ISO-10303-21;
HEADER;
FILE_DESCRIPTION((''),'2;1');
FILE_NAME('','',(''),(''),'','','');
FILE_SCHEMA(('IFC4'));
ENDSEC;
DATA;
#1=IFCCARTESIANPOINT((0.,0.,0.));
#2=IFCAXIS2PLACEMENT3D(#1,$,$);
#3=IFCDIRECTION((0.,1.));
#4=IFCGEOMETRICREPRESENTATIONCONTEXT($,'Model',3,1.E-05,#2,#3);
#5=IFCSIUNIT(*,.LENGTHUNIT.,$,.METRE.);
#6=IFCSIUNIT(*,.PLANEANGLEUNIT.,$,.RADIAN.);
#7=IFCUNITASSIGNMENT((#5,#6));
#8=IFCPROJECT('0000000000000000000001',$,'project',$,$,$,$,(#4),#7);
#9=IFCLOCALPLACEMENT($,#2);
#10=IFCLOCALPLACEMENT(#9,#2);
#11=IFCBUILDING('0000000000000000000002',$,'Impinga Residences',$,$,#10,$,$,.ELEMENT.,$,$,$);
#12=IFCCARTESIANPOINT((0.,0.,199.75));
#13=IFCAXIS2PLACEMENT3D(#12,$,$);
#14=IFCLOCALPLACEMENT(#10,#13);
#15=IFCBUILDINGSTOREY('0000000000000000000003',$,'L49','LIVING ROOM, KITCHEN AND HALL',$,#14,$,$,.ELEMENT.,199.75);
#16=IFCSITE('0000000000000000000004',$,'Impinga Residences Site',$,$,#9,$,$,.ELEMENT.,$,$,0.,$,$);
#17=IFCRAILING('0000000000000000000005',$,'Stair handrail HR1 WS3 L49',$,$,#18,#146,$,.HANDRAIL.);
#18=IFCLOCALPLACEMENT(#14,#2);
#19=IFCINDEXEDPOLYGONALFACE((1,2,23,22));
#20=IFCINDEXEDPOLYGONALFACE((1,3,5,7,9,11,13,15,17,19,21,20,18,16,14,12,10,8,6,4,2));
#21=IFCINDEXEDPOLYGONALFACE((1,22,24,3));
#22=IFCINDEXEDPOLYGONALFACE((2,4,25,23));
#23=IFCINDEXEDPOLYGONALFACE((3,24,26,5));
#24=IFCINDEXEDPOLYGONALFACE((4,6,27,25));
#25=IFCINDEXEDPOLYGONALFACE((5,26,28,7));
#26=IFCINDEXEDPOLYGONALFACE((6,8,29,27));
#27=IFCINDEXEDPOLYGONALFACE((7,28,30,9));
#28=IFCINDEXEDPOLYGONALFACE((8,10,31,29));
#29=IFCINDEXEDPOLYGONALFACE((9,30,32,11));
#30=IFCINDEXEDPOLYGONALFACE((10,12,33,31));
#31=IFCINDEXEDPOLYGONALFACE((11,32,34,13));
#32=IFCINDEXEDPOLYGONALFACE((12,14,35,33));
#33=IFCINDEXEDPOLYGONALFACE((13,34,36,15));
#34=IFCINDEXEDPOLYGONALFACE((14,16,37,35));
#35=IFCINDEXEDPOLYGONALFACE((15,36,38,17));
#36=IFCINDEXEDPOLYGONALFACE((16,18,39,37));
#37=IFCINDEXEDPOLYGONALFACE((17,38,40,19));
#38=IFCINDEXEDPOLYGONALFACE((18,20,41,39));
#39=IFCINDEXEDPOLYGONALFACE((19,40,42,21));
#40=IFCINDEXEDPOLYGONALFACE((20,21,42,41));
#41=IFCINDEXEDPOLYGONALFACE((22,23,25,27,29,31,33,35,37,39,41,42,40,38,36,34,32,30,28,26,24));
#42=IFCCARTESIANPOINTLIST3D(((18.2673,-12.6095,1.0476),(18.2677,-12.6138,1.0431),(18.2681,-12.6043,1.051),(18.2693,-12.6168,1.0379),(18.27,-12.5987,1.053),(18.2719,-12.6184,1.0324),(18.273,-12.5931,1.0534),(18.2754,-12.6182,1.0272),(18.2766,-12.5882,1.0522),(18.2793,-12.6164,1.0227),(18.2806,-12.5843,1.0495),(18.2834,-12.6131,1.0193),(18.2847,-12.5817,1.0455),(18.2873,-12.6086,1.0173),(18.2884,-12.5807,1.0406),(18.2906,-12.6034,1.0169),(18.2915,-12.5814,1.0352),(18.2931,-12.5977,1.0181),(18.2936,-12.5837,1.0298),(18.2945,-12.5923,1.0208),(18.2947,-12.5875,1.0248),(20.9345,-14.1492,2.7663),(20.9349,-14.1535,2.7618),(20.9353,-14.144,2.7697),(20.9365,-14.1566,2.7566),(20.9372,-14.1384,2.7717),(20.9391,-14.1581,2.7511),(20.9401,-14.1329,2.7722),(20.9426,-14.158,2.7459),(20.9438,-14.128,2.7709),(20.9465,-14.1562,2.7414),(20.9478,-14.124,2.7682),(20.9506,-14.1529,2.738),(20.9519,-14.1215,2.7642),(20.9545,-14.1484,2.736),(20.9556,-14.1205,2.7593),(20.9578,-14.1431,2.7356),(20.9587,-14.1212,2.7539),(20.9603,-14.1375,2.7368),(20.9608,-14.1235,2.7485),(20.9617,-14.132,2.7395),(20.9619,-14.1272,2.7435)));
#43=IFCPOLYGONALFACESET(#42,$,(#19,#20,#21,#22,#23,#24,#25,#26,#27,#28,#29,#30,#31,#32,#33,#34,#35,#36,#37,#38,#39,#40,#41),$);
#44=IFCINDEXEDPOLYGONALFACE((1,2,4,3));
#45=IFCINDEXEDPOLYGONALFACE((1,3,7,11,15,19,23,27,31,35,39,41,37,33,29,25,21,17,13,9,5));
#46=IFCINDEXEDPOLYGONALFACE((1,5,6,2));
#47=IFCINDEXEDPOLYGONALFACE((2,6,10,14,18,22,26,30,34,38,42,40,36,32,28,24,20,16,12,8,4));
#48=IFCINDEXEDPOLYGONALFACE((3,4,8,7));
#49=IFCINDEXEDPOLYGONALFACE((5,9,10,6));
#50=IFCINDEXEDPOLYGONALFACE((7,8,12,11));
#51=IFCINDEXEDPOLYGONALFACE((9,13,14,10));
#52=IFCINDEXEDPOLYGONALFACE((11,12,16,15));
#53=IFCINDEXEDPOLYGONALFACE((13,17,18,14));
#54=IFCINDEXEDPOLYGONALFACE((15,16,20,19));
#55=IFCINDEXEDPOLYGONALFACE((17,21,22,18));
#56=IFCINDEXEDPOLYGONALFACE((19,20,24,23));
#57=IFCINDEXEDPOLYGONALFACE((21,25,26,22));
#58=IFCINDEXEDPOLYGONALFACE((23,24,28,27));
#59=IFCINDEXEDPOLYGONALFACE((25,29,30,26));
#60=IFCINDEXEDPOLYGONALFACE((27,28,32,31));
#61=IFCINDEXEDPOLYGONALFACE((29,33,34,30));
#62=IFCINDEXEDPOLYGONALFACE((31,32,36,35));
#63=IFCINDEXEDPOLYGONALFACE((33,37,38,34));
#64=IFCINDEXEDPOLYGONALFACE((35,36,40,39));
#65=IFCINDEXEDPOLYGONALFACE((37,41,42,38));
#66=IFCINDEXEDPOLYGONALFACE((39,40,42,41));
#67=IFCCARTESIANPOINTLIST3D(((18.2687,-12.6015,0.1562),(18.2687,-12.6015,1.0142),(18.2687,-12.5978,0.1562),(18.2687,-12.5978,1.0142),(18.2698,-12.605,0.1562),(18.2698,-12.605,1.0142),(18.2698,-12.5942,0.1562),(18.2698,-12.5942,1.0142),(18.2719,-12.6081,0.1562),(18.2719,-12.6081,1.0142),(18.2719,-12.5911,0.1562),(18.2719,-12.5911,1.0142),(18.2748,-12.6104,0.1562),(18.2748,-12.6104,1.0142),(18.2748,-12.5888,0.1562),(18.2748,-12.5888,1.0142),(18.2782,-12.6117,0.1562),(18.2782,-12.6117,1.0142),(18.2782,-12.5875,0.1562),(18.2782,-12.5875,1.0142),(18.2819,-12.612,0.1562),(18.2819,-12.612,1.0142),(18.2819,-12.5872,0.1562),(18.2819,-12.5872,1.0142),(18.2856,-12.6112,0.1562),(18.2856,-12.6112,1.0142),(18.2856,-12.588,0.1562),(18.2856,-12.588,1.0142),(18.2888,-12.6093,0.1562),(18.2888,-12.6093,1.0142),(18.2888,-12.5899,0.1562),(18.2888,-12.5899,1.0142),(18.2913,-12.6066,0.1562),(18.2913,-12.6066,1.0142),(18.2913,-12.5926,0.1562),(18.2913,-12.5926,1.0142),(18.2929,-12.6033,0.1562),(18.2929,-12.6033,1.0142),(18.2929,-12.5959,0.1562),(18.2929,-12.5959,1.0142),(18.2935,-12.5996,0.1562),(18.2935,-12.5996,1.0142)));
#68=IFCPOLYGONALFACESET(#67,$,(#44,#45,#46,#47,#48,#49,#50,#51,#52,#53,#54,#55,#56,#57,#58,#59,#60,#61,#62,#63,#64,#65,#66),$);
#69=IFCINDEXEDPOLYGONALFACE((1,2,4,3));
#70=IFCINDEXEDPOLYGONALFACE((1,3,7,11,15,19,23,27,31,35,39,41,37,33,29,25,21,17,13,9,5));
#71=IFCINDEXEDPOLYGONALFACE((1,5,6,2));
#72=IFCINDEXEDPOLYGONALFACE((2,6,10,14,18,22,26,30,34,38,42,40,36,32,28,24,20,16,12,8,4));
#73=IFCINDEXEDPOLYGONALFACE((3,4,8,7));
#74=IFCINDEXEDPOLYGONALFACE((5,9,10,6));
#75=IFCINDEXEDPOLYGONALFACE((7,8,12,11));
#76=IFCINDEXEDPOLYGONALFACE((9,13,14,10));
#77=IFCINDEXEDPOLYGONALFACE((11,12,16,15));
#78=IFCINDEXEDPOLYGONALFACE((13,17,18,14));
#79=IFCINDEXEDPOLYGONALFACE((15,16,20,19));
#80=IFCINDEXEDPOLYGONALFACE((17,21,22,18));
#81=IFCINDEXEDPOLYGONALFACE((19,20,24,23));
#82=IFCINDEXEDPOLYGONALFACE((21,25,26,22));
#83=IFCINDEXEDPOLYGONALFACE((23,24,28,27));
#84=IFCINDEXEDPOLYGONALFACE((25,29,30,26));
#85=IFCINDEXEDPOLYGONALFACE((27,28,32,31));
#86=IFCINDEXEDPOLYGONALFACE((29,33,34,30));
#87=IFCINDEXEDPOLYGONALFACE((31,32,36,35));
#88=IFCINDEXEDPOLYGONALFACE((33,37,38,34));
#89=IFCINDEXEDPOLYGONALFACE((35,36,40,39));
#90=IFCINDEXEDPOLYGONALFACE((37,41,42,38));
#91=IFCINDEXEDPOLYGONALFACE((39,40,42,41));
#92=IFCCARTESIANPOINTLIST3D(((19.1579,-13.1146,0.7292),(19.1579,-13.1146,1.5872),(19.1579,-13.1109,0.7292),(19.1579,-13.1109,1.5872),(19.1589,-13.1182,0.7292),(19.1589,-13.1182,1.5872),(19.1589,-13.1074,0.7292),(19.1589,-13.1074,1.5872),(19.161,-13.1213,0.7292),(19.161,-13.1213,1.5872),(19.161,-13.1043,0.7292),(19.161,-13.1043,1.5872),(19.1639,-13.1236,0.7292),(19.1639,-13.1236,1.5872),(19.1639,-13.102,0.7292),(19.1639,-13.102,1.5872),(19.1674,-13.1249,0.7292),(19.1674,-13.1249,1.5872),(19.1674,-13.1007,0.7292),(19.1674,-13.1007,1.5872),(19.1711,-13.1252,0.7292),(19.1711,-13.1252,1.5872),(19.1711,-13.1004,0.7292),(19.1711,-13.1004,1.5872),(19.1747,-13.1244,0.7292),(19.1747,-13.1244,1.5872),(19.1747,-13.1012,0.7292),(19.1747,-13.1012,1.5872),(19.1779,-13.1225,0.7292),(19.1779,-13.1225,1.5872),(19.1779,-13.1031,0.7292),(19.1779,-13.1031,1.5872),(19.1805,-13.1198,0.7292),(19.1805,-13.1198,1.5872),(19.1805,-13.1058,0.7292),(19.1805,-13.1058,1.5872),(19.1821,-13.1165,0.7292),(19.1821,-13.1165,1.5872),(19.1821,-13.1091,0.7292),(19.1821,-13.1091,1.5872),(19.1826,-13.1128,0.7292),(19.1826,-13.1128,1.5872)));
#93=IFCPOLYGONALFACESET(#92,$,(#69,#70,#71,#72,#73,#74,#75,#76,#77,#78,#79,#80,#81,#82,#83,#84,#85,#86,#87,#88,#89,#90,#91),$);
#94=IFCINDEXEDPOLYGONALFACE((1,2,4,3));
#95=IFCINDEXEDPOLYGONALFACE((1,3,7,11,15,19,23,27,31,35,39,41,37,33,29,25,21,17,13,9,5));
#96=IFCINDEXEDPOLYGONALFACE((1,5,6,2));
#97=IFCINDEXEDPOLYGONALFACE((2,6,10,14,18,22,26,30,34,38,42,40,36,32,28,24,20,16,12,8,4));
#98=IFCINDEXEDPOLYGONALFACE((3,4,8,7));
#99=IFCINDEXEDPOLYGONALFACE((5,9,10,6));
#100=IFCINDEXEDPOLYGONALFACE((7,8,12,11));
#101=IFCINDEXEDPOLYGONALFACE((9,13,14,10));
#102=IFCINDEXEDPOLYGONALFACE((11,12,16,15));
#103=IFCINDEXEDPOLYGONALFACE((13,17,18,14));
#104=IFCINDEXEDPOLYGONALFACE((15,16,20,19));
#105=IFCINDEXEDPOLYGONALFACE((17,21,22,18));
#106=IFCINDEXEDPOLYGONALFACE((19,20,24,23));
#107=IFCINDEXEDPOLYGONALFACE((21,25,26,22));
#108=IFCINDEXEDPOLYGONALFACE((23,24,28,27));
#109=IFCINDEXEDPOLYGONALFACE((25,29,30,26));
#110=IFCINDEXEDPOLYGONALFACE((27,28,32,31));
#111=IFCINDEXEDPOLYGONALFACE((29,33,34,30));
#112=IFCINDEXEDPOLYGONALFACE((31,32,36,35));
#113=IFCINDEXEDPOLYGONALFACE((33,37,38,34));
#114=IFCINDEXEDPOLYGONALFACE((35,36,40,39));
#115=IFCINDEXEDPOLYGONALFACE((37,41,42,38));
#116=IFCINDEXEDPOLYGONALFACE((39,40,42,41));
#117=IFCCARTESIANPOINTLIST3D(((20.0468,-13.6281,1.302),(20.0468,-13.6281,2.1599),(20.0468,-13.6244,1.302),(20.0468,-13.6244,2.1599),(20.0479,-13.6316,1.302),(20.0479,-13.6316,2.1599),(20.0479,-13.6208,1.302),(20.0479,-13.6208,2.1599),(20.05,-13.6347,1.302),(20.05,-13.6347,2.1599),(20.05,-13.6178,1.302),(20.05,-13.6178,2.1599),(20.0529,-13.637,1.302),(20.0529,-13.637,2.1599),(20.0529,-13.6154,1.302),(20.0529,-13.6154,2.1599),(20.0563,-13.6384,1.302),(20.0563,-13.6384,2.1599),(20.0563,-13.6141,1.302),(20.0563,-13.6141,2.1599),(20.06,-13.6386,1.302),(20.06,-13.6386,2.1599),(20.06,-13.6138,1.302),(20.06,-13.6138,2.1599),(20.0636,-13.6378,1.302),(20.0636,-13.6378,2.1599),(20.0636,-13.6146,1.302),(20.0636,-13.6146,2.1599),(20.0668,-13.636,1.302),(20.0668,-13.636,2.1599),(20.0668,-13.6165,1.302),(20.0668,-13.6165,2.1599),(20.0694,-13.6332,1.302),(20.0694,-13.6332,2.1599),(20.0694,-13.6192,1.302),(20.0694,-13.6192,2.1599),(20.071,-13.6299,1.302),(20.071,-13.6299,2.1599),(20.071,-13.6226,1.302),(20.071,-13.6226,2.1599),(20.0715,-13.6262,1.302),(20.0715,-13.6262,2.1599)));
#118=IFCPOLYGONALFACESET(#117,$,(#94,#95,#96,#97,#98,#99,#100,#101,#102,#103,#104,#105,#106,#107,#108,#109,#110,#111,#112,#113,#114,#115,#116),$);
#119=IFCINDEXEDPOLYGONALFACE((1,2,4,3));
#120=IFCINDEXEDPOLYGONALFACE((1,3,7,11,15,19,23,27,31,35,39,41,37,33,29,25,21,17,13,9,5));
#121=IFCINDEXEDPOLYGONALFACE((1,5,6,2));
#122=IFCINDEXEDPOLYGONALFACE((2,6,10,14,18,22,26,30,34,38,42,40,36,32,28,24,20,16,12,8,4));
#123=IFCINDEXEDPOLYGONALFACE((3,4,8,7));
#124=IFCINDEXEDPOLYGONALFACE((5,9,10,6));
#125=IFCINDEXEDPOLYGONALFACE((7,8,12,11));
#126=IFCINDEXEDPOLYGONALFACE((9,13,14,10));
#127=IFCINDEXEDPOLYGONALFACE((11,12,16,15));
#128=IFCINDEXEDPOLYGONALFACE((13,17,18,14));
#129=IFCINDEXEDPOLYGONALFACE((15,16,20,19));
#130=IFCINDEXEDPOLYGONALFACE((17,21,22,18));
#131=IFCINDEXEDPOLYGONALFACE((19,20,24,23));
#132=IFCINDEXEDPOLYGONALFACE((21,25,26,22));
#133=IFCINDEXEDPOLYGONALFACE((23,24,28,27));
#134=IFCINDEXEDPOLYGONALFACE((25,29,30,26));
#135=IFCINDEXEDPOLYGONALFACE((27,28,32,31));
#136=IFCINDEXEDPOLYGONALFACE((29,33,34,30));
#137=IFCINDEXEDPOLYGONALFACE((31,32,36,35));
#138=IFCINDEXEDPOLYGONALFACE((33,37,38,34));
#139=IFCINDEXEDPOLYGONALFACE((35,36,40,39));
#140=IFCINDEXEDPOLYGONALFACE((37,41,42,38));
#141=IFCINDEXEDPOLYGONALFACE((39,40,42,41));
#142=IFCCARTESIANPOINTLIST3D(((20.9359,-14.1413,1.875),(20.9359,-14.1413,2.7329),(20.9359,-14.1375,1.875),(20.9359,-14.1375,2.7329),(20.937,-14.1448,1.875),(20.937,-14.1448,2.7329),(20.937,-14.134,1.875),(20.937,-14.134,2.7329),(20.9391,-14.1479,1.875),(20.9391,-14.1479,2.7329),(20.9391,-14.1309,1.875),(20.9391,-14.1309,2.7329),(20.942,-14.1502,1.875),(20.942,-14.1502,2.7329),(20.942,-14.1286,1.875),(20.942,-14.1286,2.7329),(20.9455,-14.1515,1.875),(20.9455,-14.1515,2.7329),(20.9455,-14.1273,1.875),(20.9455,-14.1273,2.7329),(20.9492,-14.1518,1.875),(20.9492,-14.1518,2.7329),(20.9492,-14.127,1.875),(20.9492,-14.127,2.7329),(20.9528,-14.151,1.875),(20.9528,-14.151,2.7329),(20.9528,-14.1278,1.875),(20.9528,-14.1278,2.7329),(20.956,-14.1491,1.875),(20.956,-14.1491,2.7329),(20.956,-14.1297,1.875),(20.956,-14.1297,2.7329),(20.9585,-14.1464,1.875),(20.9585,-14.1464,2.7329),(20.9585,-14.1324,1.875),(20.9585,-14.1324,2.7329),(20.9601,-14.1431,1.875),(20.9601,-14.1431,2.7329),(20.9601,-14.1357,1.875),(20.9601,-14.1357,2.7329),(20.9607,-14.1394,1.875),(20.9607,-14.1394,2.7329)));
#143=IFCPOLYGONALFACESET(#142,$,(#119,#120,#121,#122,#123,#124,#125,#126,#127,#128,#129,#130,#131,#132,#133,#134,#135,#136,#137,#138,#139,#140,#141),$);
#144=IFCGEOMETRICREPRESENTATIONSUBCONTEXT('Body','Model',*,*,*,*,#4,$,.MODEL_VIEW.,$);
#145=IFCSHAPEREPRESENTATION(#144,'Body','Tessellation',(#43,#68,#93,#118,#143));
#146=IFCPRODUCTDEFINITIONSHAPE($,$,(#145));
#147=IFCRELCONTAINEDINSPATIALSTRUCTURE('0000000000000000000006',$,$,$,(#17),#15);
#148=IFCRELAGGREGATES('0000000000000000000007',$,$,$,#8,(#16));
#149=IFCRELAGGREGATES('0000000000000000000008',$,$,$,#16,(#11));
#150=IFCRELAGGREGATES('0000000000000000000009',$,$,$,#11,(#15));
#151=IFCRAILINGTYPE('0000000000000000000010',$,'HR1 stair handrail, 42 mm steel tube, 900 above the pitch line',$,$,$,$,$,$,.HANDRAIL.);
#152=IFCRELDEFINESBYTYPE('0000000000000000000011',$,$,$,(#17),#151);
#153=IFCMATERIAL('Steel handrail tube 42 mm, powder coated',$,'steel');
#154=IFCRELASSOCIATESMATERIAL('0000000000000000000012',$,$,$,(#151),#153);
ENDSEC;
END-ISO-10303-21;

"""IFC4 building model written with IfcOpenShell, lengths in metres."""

from ifc_helpers import new_model, si_unit, direction, frame, origin, origin_2d, place, context, subcontext, project, spatial, circle, extrude, material, type_object, element, save


model = new_model("IFC4")

# Units and contexts
model_context = context("Model", 3, precision=1e-05, world=origin(), true_north=direction((0.0, 1.0)))
body_context = subcontext(model_context, "Body", "Model", "MODEL_VIEW")
ifc_project = project(units=[si_unit("LENGTHUNIT", "METRE"), si_unit("PLANEANGLEUNIT", "RADIAN")], contexts=[model_context])

# Site, building, storey
site_placement = place(None, origin())
site = spatial("IfcSite", under=ifc_project, at=site_placement, Name="Impinga Residences Site", CompositionType="ELEMENT", RefElevation=0.0)
building_placement = place(site_placement, origin())
building = spatial("IfcBuilding", under=site, at=building_placement, Name="Impinga Residences", CompositionType="ELEMENT")
storey_placement = place(building_placement, frame((0.0, 0.0, 199.75)))
storey = spatial("IfcBuildingStorey", under=building, at=storey_placement, Name="L49", Description="LIVING ROOM, KITCHEN AND HALL", CompositionType="ELEMENT", Elevation=199.75)

# Railing
ifc_material_1 = material(Name="Steel handrail tube 42 mm, powder coated", Category="steel")
railing_type_1 = type_object("IfcRailingType", Name="HR1 stair handrail, 42 mm steel tube, 900 above the pitch line", PredefinedType="HANDRAIL", material=ifc_material_1)
railing_1_placement = place(storey_placement, frame((18.281, -12.5996, 0.1562)))
element("IfcRailing", 1, at=railing_1_placement, inside=storey, type_object=railing_type_1, Name="Stair handrail HR1 WS3 L49", PredefinedType="HANDRAIL", context=body_context, shape_type="SweptSolid", body=[
    extrude(circle(Radius=0.021, at=origin_2d()), frame((0.0, 0.0, 0.8789), z_axis=(0.756249, -0.436582, 0.487322), x_axis=(0.499967, 0.866044, 0.0)), (0.0, 0.0, 1.0), 3.5269),
    extrude(circle(Radius=0.0125, at=origin_2d()), origin(), (0.0, 0.0, 1.0), 0.8579),
    extrude(circle(Radius=0.0125, at=origin_2d()), frame((0.8892, -0.5132, 0.573)), (0.0, 0.0, 1.0), 0.8579),
    extrude(circle(Radius=0.0125, at=origin_2d()), frame((1.7781, -1.0266, 1.1458)), (0.0, 0.0, 1.0), 0.8579),
    extrude(circle(Radius=0.0125, at=origin_2d()), frame((2.6672, -1.5398, 1.7188)), (0.0, 0.0, 1.0), 0.8579),
])

save(model, "model.ifc")
